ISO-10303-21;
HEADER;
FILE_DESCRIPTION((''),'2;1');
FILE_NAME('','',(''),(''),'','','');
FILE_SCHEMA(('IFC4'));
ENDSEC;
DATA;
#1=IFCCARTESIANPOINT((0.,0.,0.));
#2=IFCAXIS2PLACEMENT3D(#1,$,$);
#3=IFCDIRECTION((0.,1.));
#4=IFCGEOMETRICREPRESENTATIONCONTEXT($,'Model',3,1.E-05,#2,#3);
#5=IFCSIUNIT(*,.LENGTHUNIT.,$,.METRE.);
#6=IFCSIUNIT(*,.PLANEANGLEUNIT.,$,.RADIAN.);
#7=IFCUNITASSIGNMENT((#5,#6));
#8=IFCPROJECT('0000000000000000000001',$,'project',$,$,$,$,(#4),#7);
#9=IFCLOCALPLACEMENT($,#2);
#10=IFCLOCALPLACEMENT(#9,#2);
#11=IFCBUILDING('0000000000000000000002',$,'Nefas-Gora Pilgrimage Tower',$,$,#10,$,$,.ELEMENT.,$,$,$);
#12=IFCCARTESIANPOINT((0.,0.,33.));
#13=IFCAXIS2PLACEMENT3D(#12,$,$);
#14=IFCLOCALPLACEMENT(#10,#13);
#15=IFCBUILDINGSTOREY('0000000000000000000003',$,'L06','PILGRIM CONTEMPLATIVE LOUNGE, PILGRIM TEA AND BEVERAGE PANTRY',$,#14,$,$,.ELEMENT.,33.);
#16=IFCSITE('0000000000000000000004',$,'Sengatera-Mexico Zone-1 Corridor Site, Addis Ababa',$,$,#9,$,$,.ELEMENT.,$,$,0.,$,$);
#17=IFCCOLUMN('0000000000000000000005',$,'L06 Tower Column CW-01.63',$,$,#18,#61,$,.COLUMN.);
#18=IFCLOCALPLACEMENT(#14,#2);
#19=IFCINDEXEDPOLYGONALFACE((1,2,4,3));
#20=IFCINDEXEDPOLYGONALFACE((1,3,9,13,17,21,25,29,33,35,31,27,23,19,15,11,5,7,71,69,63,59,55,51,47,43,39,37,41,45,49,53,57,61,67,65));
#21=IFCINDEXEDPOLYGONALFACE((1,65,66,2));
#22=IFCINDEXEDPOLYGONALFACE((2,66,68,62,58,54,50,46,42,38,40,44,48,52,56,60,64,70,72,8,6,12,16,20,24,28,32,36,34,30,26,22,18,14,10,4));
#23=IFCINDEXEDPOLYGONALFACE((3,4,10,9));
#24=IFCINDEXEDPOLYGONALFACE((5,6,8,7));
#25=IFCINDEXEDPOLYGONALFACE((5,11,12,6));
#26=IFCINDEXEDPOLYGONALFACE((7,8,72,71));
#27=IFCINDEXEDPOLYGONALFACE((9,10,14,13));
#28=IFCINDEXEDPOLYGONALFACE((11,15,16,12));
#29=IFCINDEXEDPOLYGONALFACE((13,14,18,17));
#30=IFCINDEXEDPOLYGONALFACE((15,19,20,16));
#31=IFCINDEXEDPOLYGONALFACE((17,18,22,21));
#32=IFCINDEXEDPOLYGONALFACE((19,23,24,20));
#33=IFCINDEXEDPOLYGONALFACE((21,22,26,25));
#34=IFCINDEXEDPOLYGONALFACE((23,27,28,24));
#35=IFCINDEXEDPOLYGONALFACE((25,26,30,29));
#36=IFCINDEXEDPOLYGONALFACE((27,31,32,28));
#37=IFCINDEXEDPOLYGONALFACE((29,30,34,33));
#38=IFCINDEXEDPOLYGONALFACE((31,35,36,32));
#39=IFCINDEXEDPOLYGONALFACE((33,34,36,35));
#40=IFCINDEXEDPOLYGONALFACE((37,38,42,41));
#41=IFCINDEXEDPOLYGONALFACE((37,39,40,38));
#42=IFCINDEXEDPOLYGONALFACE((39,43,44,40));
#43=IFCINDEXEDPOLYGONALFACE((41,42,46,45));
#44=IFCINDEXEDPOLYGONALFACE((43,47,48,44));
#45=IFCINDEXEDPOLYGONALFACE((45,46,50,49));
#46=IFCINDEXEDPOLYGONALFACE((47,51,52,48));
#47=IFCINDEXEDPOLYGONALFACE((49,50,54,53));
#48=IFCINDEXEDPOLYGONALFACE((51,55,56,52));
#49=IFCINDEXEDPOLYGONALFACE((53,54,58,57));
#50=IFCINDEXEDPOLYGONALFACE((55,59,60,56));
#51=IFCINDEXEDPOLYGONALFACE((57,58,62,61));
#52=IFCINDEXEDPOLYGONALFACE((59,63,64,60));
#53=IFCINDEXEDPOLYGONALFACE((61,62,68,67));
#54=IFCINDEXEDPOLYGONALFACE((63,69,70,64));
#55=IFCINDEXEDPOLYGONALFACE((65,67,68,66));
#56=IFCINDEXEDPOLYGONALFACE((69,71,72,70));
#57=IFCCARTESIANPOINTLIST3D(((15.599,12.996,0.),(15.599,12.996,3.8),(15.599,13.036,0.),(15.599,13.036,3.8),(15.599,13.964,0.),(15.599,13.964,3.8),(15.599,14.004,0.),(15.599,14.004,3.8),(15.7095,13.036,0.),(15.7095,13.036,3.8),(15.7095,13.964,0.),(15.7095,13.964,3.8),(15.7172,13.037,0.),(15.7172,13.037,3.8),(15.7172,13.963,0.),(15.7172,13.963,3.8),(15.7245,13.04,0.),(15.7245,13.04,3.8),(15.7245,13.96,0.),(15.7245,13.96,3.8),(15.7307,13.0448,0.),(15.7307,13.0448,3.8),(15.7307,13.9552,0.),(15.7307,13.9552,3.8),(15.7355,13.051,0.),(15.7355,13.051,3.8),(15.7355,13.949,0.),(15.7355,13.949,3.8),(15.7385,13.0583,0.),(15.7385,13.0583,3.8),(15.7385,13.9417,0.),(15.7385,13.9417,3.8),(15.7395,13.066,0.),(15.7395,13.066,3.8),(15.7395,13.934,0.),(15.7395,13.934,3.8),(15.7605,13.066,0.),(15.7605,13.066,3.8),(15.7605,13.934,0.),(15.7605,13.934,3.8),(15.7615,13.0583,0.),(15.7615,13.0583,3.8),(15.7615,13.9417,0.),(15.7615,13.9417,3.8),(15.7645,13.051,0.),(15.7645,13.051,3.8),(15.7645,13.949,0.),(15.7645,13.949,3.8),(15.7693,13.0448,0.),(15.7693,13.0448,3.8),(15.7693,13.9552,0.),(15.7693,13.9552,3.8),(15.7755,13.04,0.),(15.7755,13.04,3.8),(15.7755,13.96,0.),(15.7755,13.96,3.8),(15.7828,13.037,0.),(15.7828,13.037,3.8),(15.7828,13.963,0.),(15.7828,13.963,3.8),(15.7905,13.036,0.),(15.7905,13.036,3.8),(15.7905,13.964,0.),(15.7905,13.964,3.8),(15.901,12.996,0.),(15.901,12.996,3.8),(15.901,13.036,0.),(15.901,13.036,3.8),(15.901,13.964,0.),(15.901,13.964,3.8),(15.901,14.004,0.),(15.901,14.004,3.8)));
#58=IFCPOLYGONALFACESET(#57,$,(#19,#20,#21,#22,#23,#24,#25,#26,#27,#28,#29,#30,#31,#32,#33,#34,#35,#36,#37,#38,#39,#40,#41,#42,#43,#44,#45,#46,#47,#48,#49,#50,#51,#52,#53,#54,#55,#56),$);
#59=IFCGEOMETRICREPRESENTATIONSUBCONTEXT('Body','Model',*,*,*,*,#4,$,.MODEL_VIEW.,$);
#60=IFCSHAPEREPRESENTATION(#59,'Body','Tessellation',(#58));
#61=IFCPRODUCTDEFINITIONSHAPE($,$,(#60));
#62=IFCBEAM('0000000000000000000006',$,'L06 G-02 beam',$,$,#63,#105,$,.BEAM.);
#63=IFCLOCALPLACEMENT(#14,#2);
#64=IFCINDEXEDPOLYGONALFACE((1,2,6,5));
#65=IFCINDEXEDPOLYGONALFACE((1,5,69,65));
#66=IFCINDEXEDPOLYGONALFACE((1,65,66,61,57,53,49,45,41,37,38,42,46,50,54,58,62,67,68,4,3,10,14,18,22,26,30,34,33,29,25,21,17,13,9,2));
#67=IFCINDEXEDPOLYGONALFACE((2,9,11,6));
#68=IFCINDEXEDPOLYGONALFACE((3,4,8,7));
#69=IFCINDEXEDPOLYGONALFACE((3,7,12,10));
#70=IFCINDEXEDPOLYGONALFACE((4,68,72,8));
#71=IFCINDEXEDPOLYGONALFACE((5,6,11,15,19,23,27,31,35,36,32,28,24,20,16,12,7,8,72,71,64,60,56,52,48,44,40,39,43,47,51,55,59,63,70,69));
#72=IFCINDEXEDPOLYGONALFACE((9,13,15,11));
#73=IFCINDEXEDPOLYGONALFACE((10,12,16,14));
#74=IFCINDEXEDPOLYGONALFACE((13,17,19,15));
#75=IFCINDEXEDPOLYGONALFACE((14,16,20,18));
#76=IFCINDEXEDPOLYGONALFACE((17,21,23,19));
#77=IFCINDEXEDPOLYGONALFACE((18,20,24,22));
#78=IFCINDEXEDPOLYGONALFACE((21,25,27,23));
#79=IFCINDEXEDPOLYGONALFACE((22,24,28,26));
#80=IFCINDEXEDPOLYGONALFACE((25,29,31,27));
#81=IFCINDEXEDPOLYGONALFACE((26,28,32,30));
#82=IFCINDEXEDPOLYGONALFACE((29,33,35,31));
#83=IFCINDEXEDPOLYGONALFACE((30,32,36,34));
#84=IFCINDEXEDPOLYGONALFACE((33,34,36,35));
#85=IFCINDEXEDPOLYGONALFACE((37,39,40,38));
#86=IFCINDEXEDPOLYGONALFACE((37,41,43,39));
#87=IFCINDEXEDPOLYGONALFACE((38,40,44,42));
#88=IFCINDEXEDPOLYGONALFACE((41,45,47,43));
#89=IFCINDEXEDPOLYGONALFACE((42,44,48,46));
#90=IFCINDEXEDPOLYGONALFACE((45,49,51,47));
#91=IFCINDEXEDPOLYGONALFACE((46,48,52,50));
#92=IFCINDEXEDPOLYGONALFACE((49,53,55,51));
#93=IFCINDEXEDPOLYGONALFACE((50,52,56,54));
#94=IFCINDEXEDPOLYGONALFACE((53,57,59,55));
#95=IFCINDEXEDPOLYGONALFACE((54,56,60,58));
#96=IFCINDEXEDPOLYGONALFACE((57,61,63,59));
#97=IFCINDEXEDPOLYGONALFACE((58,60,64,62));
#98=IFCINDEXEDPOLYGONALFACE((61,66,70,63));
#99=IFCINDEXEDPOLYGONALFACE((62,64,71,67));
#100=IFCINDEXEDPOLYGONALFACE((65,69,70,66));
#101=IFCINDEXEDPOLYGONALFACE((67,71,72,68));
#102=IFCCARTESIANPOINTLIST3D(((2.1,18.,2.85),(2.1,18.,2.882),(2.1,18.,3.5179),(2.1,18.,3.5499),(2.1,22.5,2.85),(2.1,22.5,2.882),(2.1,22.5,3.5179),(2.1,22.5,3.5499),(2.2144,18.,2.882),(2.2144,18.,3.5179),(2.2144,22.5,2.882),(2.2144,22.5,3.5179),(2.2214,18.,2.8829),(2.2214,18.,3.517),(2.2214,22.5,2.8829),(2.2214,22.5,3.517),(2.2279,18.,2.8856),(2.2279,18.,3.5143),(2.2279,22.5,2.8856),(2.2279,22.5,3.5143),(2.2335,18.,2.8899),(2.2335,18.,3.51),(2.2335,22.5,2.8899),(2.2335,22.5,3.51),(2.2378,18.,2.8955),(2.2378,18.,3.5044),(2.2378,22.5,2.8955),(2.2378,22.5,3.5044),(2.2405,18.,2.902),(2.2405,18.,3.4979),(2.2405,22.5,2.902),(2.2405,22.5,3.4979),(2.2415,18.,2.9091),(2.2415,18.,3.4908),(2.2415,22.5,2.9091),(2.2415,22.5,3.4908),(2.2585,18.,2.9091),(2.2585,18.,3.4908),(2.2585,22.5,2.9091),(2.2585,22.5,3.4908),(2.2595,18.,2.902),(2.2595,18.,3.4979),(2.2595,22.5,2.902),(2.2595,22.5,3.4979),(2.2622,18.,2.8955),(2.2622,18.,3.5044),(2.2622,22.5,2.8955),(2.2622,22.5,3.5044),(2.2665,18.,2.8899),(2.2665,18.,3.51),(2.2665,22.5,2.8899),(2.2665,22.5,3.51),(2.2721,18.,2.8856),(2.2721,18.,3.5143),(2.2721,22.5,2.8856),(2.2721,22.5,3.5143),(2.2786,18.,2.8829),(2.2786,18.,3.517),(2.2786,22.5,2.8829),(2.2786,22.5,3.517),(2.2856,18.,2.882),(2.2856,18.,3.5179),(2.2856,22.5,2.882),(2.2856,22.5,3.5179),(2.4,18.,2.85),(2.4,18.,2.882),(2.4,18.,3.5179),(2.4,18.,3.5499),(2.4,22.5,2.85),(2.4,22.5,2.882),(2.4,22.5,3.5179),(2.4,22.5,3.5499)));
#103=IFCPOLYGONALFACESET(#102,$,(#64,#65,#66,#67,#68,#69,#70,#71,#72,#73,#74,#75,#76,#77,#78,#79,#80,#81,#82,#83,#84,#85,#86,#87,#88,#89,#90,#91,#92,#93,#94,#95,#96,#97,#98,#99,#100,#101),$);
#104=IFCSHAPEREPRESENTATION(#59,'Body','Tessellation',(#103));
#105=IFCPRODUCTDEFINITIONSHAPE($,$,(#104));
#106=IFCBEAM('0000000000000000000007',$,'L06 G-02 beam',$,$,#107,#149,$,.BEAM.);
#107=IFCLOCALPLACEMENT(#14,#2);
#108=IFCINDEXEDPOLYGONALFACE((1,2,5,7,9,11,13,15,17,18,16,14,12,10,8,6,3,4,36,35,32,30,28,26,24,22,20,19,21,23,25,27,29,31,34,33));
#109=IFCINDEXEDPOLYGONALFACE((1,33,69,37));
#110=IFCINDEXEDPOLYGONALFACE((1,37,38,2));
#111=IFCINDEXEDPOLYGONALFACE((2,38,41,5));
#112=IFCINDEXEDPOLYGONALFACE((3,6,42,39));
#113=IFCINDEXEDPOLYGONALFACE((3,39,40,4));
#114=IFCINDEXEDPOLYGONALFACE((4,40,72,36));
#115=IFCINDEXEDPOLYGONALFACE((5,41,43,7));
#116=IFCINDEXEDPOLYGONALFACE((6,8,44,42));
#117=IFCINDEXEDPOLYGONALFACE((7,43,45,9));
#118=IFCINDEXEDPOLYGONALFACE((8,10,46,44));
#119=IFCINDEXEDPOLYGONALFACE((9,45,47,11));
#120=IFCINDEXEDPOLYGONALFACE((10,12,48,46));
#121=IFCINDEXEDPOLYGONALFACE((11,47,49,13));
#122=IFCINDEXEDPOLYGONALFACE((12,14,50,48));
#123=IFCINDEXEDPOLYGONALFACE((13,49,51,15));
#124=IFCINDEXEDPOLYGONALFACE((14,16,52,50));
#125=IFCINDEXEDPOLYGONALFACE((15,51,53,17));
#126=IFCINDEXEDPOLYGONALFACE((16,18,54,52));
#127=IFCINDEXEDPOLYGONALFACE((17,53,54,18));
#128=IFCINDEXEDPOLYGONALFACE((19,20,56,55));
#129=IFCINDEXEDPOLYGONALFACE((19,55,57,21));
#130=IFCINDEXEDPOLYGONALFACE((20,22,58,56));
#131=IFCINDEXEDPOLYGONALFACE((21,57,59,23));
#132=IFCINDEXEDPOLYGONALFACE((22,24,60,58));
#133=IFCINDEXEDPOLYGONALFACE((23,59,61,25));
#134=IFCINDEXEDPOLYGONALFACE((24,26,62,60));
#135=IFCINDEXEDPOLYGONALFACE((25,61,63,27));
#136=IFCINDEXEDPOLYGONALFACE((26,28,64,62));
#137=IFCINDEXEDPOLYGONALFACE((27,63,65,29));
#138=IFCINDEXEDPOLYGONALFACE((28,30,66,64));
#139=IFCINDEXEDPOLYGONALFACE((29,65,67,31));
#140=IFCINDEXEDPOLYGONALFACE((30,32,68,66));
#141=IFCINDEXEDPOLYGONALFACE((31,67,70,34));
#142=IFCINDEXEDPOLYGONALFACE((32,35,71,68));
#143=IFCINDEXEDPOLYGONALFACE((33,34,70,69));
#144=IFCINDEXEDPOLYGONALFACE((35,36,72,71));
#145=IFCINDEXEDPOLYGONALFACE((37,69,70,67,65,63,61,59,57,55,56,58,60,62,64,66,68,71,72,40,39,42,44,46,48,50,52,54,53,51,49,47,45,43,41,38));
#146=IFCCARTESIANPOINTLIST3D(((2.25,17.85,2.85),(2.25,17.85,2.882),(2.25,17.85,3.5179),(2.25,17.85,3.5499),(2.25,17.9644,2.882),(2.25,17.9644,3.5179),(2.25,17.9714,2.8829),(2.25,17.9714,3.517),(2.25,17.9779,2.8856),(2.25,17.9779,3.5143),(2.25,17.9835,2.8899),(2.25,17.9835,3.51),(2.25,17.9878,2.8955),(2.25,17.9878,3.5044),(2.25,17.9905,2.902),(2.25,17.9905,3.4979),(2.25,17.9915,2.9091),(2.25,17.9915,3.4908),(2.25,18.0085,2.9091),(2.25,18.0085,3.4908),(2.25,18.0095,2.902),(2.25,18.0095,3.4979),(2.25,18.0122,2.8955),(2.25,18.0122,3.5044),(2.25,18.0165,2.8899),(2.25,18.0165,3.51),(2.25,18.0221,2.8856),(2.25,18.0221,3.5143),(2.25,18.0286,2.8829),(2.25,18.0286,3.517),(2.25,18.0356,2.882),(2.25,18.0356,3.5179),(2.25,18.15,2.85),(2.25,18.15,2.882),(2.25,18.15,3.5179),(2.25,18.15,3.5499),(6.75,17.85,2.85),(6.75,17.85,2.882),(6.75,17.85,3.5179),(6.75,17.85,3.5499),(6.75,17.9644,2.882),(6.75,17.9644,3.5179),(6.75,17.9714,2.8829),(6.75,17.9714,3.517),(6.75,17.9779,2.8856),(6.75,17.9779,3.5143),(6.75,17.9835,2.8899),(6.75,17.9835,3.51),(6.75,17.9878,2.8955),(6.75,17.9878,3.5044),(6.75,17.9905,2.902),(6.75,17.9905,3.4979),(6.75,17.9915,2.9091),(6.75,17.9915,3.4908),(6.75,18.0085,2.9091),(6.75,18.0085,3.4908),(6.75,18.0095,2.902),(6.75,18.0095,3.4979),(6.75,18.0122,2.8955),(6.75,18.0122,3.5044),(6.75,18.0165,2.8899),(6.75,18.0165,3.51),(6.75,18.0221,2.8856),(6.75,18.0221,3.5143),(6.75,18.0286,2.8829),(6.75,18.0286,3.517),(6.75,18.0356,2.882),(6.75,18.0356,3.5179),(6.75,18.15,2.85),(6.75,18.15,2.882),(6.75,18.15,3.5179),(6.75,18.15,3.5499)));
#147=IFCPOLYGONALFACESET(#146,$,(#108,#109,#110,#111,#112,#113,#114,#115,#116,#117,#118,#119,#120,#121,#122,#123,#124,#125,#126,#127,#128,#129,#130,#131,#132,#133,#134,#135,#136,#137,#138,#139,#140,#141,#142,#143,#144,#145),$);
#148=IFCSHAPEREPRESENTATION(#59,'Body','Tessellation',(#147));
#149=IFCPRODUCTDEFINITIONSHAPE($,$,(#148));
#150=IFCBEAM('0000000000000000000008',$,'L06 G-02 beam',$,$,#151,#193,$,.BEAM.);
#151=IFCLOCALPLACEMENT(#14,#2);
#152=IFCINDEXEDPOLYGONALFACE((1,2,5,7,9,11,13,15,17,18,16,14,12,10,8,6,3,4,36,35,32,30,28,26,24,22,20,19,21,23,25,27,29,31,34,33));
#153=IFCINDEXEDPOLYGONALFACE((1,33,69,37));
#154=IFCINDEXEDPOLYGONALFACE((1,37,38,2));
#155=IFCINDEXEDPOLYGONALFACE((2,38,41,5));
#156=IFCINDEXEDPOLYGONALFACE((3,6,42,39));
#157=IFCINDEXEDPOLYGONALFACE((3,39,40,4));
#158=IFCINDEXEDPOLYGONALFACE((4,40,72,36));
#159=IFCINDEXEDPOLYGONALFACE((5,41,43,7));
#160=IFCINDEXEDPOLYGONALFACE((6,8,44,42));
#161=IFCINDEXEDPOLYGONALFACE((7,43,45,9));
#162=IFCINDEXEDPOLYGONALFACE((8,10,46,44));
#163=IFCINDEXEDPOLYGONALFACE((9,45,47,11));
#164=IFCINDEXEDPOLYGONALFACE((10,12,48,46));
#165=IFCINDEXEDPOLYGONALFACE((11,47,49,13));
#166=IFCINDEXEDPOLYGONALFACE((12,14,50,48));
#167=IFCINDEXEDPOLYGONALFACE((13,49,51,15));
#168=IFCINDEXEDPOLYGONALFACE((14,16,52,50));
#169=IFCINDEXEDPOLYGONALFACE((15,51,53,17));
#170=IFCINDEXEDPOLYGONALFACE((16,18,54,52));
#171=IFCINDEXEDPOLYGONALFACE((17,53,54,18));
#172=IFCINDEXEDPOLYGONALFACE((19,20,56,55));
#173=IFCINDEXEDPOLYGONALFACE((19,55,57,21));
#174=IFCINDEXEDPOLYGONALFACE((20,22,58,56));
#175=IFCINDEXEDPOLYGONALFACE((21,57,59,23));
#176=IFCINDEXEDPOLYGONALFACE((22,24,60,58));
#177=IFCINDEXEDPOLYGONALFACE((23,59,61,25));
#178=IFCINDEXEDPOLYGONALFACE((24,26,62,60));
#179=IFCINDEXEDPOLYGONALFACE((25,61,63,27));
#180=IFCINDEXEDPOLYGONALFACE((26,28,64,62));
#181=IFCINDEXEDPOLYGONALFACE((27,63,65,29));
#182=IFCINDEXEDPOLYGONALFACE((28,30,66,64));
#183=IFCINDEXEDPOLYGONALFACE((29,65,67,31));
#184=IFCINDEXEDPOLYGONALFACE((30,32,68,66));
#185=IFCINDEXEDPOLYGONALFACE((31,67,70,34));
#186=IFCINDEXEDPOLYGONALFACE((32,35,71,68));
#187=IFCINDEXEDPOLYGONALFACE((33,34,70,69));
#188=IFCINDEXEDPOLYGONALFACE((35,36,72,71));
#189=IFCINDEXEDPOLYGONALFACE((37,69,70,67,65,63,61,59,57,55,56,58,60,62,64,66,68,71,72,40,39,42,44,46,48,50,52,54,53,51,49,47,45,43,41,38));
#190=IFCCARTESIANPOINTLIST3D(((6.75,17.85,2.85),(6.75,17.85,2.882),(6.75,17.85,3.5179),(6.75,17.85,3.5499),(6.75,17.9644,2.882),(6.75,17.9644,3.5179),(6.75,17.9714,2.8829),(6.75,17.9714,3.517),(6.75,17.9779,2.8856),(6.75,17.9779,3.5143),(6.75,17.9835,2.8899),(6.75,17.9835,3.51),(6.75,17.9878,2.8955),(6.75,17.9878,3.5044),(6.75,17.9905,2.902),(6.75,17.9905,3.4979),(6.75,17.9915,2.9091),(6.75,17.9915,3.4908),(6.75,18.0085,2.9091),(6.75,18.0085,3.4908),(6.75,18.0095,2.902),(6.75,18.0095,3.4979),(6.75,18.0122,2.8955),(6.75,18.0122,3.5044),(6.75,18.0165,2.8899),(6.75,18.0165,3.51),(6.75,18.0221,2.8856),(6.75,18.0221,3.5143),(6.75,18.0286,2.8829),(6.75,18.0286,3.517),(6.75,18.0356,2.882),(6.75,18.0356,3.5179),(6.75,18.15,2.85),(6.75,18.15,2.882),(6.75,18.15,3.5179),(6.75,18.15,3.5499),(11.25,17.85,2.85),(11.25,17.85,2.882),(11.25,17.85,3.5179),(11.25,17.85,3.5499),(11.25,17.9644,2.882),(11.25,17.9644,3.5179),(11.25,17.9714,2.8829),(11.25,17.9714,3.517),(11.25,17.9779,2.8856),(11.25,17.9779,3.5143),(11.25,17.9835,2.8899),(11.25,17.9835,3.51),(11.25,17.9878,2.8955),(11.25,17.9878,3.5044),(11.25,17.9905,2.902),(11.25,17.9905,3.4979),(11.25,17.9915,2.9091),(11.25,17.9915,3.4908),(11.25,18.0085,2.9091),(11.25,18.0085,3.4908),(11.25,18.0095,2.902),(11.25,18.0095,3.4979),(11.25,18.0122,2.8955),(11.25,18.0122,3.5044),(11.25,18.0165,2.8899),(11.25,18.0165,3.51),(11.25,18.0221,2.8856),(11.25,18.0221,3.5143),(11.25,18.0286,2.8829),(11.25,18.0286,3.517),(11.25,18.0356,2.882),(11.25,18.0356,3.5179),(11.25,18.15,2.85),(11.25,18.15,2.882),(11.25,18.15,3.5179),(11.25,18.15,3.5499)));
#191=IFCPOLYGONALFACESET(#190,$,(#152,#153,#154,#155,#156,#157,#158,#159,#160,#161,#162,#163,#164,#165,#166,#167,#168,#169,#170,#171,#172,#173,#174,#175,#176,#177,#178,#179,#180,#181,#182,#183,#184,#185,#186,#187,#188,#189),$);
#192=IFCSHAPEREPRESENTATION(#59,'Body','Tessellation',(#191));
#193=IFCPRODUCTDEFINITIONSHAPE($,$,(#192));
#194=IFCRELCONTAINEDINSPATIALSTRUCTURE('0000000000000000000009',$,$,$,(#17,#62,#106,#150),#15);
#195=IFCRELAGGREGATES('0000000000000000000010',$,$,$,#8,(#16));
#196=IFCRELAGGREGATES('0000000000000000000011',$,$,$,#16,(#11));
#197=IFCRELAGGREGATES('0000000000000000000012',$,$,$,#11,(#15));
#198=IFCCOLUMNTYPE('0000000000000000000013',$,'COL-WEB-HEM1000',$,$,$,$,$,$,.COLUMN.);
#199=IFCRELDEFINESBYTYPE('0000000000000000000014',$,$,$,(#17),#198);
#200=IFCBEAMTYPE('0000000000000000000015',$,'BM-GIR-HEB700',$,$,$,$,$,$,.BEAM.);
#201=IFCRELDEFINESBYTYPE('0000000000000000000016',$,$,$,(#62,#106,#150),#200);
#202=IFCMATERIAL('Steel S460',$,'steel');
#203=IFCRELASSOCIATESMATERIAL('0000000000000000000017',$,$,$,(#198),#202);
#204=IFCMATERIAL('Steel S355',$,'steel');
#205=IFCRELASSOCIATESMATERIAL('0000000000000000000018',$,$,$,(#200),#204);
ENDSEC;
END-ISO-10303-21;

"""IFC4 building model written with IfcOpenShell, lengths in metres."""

from ifc_helpers import new_model, si_unit, direction, frame, origin, origin_2d, place, context, subcontext, project, spatial, i_section, extrude, source, transform, mapped, material, material_profile, profile_set, type_object, element, save


model = new_model("IFC4")

# Units and contexts
model_context = context("Model", 3, precision=1e-05, world=origin(), true_north=direction((0.0, 1.0)))
body_context = subcontext(model_context, "Body", "Model", "MODEL_VIEW")
ifc_project = project(units=[si_unit("LENGTHUNIT", "METRE"), si_unit("PLANEANGLEUNIT", "RADIAN")], contexts=[model_context])

# Site, building, storey
site_placement = place(None, origin())
site = spatial("IfcSite", under=ifc_project, at=site_placement, Name="Sengatera-Mexico Zone-1 Corridor Site, Addis Ababa", CompositionType="ELEMENT", RefElevation=0.0)
building_placement = place(site_placement, origin())
building = spatial("IfcBuilding", under=site, at=building_placement, Name="Nefas-Gora Pilgrimage Tower", CompositionType="ELEMENT")
storey_placement = place(building_placement, frame((0.0, 0.0, 33.0)))
storey = spatial("IfcBuildingStorey", under=building, at=storey_placement, Name="L06", Description="PILGRIM CONTEMPLATIVE LOUNGE, PILGRIM TEA AND BEVERAGE PANTRY", CompositionType="ELEMENT", Elevation=33.0)

# Column
ifc_material_1 = material(Name="Steel S460", Category="steel")
ifc_material_profile_1 = material_profile(ifc_material_1, i_section(OverallWidth=0.302, OverallDepth=1.0081, WebThickness=0.021, FlangeThickness=0.04, FilletRadius=0.03, at=origin_2d()), Name="HEM 1000")
ifc_profile_set_1 = profile_set([ifc_material_profile_1], Name="Steel S460")
column_type_1 = type_object("IfcColumnType", Name="COL-WEB-HEM1000", PredefinedType="COLUMN", material=ifc_profile_set_1)
shared_shape_1 = source(origin(), body_context, "Body", "SweptSolid", [
    extrude(i_section(OverallWidth=0.302, OverallDepth=1.0081, WebThickness=0.021, FlangeThickness=0.04, FilletRadius=0.03, at=origin_2d()), origin(), (0.0, 0.0, 1.0), 3.8),
])
for number, where, z_axis, x_axis, name in (
    (1, (15.75, 13.5, 0.0), (0.0, 0.0, 1.0), (1.0, 0.0, 0.0), "L06 Tower Column CW-01.63"),
):
    element("IfcColumn", number, at=place(storey_placement, frame(where, z_axis=z_axis, x_axis=x_axis)), inside=storey, type_object=column_type_1, Name=name, PredefinedType="COLUMN", context=body_context, shape_type="MappedRepresentation", body=[
        mapped(shared_shape_1, transform((0.0, 0.0, 0.0), x_axis=(1.0, 0.0, 0.0), y_axis=(0.0, 1.0, 0.0), z_axis=(0.0, 0.0, 1.0), scale=1.0)),
    ])

# Beams
ifc_material_2 = material(Name="Steel S355", Category="steel")
ifc_material_profile_2 = material_profile(ifc_material_2, i_section(OverallWidth=0.3, OverallDepth=0.7, WebThickness=0.0171, FlangeThickness=0.032, FilletRadius=0.0271, at=origin_2d()), Name="HEB 700")
ifc_profile_set_2 = profile_set([ifc_material_profile_2], Name="Steel S355")
beam_type_1 = type_object("IfcBeamType", Name="BM-GIR-HEB700", PredefinedType="BEAM", material=ifc_profile_set_2)
shared_shape_2 = source(origin(), body_context, "Body", "SweptSolid", [
    extrude(i_section(OverallWidth=0.3, OverallDepth=0.7, WebThickness=0.0171, FlangeThickness=0.032, FilletRadius=0.0271, at=origin_2d()), origin(), (0.0, 0.0, 1.0), 4.5),
])
for number, where, z_axis, x_axis, name in (
    (2, (2.25, 18.0, 3.2), (0.0, 1.0, 0.0), (-1.0, 0.0, 0.0), "L06 G-02 beam"),
    (3, (2.25, 18.0, 3.2), (1.0, 0.0, 0.0), (0.0, 1.0, 0.0), "L06 G-02 beam"),
    (4, (6.75, 18.0, 3.2), (1.0, 0.0, 0.0), (0.0, 1.0, 0.0), "L06 G-02 beam"),
):
    element("IfcBeam", number, at=place(storey_placement, frame(where, z_axis=z_axis, x_axis=x_axis)), inside=storey, type_object=beam_type_1, Name=name, PredefinedType="BEAM", context=body_context, shape_type="MappedRepresentation", body=[
        mapped(shared_shape_2, transform((0.0, 0.0, 0.0), x_axis=(1.0, 0.0, 0.0), y_axis=(0.0, 1.0, 0.0), z_axis=(0.0, 0.0, 1.0), scale=1.0)),
    ])

save(model, "model.ifc")
